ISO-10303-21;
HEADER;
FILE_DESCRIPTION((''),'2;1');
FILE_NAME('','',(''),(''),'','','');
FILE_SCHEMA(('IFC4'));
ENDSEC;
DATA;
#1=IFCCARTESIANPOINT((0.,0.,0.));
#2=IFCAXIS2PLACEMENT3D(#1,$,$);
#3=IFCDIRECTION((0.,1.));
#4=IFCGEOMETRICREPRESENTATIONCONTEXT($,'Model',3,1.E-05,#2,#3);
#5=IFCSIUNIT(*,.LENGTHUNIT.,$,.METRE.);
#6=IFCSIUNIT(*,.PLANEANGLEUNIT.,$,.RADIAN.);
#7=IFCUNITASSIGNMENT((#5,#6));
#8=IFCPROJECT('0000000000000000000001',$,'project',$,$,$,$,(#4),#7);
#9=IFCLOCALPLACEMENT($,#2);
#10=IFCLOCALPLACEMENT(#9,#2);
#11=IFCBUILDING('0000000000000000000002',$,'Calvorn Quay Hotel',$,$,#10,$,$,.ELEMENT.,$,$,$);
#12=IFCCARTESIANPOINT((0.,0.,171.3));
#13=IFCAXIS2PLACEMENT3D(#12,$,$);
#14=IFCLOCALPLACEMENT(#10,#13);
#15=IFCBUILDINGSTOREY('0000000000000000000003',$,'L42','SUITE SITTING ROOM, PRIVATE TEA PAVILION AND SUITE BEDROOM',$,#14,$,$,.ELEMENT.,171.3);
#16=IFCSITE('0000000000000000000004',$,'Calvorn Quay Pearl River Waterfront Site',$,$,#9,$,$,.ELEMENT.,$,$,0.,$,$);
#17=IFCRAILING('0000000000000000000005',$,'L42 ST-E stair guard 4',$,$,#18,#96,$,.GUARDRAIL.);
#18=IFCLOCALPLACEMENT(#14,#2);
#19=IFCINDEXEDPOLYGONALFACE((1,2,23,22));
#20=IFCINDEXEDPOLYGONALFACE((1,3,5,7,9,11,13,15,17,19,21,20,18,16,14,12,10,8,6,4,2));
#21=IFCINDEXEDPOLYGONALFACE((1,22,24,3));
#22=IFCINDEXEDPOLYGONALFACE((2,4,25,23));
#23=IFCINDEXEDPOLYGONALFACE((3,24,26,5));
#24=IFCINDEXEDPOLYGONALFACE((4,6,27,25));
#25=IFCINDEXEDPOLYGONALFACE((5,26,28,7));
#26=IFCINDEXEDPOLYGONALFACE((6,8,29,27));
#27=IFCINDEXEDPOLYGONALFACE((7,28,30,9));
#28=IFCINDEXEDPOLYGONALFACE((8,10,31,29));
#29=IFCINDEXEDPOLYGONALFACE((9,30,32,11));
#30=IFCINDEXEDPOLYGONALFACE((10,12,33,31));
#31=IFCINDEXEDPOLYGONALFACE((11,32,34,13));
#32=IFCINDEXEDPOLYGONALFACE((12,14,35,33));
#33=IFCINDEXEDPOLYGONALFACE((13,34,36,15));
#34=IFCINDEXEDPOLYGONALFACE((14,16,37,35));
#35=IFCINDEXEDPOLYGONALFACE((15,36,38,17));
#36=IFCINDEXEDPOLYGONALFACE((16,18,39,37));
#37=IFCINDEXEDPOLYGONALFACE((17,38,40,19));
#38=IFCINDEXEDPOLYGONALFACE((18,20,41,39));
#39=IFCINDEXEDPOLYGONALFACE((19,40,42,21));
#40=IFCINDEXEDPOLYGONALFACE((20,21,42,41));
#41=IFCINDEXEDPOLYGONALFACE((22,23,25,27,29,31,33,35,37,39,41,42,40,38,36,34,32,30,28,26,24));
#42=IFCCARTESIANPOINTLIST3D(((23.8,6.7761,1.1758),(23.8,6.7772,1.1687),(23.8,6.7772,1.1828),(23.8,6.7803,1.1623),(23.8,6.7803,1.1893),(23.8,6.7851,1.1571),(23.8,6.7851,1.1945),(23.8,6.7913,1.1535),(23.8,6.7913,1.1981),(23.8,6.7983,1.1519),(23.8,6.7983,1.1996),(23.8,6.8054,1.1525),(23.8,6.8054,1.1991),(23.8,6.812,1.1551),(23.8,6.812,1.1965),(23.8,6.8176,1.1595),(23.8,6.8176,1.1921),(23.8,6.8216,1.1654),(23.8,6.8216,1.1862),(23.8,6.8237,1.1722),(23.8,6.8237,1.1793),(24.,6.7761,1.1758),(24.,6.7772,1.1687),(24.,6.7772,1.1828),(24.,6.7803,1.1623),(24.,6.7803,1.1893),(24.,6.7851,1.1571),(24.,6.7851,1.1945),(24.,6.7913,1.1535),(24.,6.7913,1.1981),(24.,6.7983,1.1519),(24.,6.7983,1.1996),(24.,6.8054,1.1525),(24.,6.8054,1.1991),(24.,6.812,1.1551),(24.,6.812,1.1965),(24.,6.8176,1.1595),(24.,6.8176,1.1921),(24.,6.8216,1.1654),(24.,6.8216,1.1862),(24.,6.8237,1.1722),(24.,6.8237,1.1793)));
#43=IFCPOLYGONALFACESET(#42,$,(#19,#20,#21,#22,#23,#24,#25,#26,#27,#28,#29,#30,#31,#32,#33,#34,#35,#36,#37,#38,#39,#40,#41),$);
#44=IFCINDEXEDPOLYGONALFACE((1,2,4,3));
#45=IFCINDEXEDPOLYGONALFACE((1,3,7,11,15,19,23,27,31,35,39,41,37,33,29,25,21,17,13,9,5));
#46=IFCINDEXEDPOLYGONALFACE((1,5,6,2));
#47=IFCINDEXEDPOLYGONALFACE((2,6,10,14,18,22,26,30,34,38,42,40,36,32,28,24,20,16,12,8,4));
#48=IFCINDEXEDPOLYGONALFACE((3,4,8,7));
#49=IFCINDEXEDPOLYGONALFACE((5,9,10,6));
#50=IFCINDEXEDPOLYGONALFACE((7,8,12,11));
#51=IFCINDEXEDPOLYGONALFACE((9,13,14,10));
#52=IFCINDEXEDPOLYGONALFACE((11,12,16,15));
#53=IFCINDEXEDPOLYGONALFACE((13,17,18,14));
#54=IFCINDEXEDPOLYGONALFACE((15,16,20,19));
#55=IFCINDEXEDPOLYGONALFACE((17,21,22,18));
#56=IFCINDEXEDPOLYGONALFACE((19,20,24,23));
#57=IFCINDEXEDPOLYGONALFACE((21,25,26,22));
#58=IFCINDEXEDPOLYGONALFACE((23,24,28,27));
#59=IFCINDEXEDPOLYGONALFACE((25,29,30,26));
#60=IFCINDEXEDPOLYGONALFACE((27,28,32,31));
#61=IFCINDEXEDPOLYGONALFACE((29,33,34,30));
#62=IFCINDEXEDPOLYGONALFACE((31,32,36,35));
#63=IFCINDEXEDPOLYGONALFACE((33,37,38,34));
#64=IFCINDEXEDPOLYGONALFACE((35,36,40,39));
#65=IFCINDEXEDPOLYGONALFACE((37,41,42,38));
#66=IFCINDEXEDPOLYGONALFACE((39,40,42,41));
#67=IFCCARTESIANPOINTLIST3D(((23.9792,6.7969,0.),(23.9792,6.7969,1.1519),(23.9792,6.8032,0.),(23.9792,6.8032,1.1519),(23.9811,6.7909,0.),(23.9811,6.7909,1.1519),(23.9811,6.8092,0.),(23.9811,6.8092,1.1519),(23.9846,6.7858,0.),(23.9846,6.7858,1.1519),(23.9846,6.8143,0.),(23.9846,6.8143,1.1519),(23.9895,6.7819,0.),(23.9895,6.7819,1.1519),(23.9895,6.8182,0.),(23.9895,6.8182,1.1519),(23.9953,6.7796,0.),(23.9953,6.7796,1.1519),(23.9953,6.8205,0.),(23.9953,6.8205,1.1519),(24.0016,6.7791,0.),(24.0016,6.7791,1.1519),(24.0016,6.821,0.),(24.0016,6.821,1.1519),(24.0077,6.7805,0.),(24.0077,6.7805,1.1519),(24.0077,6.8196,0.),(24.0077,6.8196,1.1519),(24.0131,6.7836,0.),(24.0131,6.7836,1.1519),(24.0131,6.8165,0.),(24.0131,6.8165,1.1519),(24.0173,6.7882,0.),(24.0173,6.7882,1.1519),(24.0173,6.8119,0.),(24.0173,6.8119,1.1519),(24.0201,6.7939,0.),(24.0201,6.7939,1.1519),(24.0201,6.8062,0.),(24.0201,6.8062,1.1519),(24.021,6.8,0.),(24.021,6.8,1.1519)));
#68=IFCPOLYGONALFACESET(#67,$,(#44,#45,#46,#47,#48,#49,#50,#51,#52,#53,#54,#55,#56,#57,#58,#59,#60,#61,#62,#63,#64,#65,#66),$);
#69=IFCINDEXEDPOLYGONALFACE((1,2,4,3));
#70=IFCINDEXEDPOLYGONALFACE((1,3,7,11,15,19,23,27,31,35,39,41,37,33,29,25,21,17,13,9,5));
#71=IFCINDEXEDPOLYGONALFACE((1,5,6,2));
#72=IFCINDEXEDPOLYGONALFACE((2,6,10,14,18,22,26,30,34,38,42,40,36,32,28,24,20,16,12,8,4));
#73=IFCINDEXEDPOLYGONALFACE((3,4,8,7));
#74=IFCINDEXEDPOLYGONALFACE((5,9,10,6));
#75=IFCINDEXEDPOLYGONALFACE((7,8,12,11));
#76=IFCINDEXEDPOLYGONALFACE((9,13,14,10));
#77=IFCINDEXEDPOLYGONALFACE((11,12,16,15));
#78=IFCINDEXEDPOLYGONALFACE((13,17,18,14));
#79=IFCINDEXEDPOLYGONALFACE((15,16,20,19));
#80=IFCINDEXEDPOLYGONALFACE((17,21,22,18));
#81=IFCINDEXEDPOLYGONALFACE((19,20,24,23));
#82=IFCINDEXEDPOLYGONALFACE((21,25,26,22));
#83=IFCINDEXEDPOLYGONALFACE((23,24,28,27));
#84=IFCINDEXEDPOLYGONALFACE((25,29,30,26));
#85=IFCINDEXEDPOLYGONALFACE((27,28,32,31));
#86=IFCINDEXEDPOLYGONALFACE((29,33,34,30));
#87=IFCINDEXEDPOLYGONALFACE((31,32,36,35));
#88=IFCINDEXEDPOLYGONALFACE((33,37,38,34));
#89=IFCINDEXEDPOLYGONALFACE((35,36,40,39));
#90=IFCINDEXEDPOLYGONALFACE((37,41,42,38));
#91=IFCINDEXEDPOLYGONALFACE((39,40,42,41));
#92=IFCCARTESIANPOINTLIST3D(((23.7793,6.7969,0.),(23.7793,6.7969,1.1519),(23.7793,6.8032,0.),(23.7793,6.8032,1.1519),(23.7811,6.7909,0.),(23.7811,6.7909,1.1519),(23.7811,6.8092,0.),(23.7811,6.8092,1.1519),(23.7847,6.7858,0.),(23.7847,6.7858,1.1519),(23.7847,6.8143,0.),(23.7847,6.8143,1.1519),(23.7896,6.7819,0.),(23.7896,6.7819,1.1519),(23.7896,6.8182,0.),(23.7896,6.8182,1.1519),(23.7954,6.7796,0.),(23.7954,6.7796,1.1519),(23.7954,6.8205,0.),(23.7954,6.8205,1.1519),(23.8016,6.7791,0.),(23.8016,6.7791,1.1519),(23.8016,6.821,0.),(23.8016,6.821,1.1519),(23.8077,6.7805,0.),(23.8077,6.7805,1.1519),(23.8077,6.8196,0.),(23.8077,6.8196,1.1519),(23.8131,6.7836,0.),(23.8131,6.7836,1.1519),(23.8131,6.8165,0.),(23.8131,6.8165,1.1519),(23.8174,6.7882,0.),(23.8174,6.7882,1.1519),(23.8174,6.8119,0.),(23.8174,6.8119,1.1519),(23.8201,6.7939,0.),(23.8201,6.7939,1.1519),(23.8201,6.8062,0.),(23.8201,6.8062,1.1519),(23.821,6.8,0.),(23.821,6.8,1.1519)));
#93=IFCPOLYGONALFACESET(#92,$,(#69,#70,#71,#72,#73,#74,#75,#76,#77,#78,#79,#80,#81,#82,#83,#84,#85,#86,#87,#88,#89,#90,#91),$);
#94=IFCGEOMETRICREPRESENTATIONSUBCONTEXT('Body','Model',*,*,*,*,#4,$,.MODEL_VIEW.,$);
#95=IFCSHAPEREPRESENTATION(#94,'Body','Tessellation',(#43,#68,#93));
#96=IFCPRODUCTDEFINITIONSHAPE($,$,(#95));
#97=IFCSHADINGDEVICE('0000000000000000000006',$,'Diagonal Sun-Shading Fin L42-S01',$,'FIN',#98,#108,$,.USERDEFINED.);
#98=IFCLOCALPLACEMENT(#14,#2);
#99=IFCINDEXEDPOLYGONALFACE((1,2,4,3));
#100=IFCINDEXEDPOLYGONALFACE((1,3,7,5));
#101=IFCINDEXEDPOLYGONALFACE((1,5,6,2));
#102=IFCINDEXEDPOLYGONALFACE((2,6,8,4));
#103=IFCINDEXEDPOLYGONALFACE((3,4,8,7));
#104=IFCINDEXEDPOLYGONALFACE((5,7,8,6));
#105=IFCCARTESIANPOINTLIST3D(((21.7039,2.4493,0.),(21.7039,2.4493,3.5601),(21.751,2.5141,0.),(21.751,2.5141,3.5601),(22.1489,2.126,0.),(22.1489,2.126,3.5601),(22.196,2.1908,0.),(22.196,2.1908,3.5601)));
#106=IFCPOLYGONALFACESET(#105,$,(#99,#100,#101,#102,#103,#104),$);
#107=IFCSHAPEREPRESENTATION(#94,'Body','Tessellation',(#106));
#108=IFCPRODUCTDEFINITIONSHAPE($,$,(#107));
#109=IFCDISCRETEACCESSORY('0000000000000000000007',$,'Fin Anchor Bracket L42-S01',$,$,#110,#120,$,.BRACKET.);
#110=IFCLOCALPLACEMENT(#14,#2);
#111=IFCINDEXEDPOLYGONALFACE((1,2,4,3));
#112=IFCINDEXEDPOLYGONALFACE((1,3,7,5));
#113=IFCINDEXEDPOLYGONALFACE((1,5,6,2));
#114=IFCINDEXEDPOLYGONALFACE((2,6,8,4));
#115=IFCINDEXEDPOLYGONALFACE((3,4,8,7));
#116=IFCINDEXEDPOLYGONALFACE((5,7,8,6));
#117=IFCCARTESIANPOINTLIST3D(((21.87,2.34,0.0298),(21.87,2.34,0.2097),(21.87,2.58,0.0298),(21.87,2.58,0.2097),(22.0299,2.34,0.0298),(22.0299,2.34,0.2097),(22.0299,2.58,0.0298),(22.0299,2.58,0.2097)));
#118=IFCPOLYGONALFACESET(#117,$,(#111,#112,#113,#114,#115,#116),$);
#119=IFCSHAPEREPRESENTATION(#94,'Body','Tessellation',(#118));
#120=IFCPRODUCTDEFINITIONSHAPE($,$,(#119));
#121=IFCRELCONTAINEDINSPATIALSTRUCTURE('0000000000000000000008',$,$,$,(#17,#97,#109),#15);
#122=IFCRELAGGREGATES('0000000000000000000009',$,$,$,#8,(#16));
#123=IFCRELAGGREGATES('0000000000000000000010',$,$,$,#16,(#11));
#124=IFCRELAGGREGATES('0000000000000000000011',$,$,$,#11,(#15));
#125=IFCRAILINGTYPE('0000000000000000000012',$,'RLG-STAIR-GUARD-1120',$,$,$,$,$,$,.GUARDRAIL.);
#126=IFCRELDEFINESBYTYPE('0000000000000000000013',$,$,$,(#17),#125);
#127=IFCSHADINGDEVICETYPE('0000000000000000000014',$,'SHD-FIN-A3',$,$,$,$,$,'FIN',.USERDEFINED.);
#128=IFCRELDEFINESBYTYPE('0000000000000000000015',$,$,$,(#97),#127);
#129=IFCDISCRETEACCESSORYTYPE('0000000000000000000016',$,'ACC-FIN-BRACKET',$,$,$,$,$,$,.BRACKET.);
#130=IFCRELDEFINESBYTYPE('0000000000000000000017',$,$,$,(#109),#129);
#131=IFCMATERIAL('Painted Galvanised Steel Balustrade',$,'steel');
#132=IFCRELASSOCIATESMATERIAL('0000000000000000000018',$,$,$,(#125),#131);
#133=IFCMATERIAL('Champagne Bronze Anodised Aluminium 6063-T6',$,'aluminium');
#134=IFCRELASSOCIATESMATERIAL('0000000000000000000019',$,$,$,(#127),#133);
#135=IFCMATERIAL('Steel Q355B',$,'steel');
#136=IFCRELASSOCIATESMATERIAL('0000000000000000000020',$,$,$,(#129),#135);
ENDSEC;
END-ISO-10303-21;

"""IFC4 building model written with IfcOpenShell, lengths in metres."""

from ifc_helpers import new_model, si_unit, direction, frame, origin, origin_2d, place, context, subcontext, project, spatial, rectangle, circle, extrude, material, type_object, element, save


model = new_model("IFC4")

# Units and contexts
model_context = context("Model", 3, precision=1e-05, world=origin(), true_north=direction((0.0, 1.0)))
body_context = subcontext(model_context, "Body", "Model", "MODEL_VIEW")
ifc_project = project(units=[si_unit("LENGTHUNIT", "METRE"), si_unit("PLANEANGLEUNIT", "RADIAN")], contexts=[model_context])

# Site, building, storey
site_placement = place(None, origin())
site = spatial("IfcSite", under=ifc_project, at=site_placement, Name="Calvorn Quay Pearl River Waterfront Site", CompositionType="ELEMENT", RefElevation=0.0)
building_placement = place(site_placement, origin())
building = spatial("IfcBuilding", under=site, at=building_placement, Name="Calvorn Quay Hotel", CompositionType="ELEMENT")
storey_placement = place(building_placement, frame((0.0, 0.0, 171.3)))
storey = spatial("IfcBuildingStorey", under=building, at=storey_placement, Name="L42", Description="SUITE SITTING ROOM, PRIVATE TEA PAVILION AND SUITE BEDROOM", CompositionType="ELEMENT", Elevation=171.3)

# Railing
ifc_material_1 = material(Name="Painted Galvanised Steel Balustrade", Category="steel")
railing_type_1 = type_object("IfcRailingType", Name="RLG-STAIR-GUARD-1120", PredefinedType="GUARDRAIL", material=ifc_material_1)
railing_1_placement = place(storey_placement, frame((24.0, 6.8, 0.0)))
element("IfcRailing", 1, at=railing_1_placement, inside=storey, type_object=railing_type_1, Name="L42 ST-E stair guard 4", PredefinedType="GUARDRAIL", context=body_context, shape_type="SweptSolid", body=[
    extrude(circle(Radius=0.0239, at=origin_2d()), frame((0.0, 0.0, 1.1758), z_axis=(-1.0, 0.0, 0.0), x_axis=(0.0, -1.0, 0.0)), (0.0, 0.0, 1.0), 0.2),
    extrude(circle(Radius=0.021, at=origin_2d()), origin(), (0.0, 0.0, 1.0), 1.1519),
    extrude(circle(Radius=0.021, at=origin_2d()), frame((-0.2, 0.0, 0.0)), (0.0, 0.0, 1.0), 1.1519),
])

# Shading device
ifc_material_2 = material(Name="Champagne Bronze Anodised Aluminium 6063-T6", Category="aluminium")
shading_device_type = type_object("IfcShadingDeviceType", Name="SHD-FIN-A3", ElementType="FIN", PredefinedType="USERDEFINED", material=ifc_material_2)
shading_device_placement = place(storey_placement, frame((21.95, 2.3201, 0.0), z_axis=(0.0, 0.0, 1.0), x_axis=(-0.809017, 0.587785, 0.0)))
element("IfcShadingDevice", 2, at=shading_device_placement, inside=storey, type_object=shading_device_type, Name="Diagonal Sun-Shading Fin L42-S01", ObjectType="FIN", PredefinedType="USERDEFINED", context=body_context, shape_type="SweptSolid", body=[
    extrude(rectangle(XDim=0.55, YDim=0.0801, at=origin_2d()), origin(), (0.0, 0.0, 1.0), 3.5601),
])

# Discrete accessory
ifc_material_3 = material(Name="Steel Q355B", Category="steel")
discrete_accessory_type = type_object("IfcDiscreteAccessoryType", Name="ACC-FIN-BRACKET", PredefinedType="BRACKET", material=ifc_material_3)
discrete_accessory_placement = place(storey_placement, frame((21.95, 2.46, 0.0298), z_axis=(0.0, 0.0, 1.0), x_axis=(0.0, 1.0, 0.0)))
element("IfcDiscreteAccessory", 3, at=discrete_accessory_placement, inside=storey, type_object=discrete_accessory_type, Name="Fin Anchor Bracket L42-S01", PredefinedType="BRACKET", context=body_context, shape_type="SweptSolid", body=[
    extrude(rectangle(XDim=0.24, YDim=0.1599, at=origin_2d()), origin(), (0.0, 0.0, 1.0), 0.1799),
])

save(model, "model.ifc")
